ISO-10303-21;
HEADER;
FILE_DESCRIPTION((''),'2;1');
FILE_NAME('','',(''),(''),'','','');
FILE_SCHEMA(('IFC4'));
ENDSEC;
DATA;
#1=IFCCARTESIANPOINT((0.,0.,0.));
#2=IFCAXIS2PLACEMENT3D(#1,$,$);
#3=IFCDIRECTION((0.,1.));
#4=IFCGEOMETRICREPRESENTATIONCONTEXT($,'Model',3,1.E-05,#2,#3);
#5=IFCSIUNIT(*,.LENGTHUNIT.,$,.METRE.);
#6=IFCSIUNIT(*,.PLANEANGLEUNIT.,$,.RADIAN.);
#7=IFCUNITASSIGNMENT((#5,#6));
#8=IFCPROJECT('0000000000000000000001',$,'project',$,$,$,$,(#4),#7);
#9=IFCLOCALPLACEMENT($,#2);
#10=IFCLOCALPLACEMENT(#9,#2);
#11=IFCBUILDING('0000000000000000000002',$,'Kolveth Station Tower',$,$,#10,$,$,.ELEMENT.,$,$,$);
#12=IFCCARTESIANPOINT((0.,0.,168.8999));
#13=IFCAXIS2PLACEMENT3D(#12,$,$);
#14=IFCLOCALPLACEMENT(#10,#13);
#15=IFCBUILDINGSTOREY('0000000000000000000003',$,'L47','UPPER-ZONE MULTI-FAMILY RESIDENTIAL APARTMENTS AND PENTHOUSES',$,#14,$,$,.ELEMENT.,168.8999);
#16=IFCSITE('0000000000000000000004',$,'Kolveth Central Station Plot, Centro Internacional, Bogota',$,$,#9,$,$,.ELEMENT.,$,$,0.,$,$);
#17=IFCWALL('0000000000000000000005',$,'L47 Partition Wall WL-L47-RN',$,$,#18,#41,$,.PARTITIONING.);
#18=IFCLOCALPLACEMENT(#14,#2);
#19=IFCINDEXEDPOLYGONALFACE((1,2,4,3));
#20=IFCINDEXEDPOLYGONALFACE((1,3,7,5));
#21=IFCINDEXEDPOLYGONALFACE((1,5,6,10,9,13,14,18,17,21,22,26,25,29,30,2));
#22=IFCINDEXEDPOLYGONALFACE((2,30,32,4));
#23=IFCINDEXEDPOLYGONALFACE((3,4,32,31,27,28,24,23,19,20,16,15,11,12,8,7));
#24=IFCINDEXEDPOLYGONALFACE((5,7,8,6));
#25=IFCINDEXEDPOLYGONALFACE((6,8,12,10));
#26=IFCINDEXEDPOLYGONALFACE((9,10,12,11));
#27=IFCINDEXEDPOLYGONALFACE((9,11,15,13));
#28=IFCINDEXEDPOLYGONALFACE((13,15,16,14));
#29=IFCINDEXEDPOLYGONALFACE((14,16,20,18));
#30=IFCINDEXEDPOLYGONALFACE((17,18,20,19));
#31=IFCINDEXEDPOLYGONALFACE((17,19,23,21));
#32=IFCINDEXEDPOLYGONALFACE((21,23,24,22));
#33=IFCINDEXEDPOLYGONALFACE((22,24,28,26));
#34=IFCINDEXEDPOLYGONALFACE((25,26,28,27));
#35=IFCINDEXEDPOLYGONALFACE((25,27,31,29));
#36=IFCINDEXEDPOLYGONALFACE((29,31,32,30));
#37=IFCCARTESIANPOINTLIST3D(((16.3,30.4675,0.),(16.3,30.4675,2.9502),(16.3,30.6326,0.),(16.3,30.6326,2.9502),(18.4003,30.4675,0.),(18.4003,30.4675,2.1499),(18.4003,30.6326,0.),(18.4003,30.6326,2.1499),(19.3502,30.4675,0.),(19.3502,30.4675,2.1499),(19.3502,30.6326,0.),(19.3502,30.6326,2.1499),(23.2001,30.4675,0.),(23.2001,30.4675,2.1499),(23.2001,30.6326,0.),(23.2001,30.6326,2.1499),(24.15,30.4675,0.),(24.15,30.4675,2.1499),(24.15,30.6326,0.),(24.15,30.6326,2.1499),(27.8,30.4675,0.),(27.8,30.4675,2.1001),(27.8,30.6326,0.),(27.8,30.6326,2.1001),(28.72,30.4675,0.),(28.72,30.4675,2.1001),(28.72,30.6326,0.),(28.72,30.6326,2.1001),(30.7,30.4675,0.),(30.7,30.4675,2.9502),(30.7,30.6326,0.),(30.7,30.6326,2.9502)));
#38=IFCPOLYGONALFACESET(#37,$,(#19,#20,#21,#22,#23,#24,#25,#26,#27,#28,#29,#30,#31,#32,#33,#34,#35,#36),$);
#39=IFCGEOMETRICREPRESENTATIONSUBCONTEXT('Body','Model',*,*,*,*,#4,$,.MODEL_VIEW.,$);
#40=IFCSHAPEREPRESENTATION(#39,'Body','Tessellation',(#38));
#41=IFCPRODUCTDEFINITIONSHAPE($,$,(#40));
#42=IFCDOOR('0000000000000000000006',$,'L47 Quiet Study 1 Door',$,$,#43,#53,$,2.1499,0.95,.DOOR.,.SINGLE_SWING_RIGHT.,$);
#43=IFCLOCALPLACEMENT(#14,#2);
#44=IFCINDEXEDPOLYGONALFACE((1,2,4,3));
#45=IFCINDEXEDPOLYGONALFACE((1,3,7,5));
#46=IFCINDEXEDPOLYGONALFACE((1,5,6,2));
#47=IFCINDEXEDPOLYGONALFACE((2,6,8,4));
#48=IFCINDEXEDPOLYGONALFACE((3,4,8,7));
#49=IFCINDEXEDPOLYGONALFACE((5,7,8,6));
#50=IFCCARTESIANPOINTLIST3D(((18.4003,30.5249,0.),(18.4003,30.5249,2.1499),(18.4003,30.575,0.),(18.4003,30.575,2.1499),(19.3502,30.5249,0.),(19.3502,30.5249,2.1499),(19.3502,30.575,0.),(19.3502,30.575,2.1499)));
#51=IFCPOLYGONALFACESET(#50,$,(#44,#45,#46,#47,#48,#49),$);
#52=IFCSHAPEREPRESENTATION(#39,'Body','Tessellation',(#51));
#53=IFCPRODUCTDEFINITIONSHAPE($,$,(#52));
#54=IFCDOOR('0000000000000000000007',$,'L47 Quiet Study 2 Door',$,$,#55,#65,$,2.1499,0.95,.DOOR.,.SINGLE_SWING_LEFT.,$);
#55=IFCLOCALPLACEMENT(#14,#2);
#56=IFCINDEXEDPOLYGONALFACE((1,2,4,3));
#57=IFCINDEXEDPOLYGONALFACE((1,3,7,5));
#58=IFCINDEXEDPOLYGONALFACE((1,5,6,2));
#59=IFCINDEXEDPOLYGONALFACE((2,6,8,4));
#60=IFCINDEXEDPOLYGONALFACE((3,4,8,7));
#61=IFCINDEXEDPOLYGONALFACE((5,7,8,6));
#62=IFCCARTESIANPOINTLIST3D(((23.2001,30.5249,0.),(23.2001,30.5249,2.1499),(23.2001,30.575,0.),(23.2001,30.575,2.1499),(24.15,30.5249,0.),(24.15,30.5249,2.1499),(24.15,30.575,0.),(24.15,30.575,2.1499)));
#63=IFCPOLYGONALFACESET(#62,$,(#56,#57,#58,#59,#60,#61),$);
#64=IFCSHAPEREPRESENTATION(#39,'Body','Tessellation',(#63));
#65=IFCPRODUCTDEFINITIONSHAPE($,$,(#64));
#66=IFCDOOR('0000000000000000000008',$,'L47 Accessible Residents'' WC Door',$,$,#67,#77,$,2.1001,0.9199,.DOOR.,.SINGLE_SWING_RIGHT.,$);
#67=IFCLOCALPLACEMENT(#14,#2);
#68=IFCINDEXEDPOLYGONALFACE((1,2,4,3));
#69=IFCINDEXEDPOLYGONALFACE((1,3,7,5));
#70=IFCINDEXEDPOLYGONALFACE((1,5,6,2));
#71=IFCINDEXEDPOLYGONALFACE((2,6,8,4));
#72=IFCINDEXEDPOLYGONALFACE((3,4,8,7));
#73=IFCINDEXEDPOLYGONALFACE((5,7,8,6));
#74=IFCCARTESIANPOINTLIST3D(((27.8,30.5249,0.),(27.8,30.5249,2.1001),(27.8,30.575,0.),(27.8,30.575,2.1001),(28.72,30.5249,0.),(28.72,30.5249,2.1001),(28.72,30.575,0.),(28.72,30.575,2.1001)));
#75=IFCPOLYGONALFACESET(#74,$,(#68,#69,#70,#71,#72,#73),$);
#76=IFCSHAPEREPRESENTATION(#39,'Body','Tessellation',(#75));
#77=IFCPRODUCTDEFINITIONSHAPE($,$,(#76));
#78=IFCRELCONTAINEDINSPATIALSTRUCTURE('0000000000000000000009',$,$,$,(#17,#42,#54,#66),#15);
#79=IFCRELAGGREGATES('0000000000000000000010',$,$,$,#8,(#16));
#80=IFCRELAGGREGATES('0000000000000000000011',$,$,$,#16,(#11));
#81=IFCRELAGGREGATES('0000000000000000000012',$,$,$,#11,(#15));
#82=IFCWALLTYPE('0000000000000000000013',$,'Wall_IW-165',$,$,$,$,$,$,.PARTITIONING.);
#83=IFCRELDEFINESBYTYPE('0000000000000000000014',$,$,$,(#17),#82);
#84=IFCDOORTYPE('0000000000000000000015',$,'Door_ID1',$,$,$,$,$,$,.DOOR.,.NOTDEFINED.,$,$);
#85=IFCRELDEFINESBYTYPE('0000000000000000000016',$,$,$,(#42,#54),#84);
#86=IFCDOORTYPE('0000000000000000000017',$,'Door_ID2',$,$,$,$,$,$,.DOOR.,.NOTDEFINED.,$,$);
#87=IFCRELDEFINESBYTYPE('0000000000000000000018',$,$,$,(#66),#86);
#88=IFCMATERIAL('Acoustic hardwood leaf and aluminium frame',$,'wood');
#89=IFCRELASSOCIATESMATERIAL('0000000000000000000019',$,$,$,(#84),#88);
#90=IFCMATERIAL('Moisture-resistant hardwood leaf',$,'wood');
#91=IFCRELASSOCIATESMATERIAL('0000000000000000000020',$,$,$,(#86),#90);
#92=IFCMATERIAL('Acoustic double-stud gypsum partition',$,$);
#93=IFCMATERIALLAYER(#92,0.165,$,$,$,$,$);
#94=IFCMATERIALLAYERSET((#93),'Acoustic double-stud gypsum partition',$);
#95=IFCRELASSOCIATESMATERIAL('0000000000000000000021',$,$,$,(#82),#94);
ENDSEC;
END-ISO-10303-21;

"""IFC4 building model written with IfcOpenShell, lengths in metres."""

from ifc_helpers import new_model, si_unit, direction, frame, frame_2d, origin, place, context, subcontext, project, spatial, rectangle, extrude, material, layer, layer_set, type_object, element, fill, save


model = new_model("IFC4")

# Units and contexts
model_context = context("Model", 3, precision=1e-05, world=origin(), true_north=direction((0.0, 1.0)))
body_context = subcontext(model_context, "Body", "Model", "MODEL_VIEW")
ifc_project = project(units=[si_unit("LENGTHUNIT", "METRE"), si_unit("PLANEANGLEUNIT", "RADIAN")], contexts=[model_context])

# Site, building, storey
site_placement = place(None, origin())
site = spatial("IfcSite", under=ifc_project, at=site_placement, Name="Kolveth Central Station Plot, Centro Internacional, Bogota", CompositionType="ELEMENT", RefElevation=0.0)
building_placement = place(site_placement, origin())
building = spatial("IfcBuilding", under=site, at=building_placement, Name="Kolveth Station Tower", CompositionType="ELEMENT")
storey_placement = place(building_placement, frame((0.0, 0.0, 168.8999)))
storey = spatial("IfcBuildingStorey", under=building, at=storey_placement, Name="L47", Description="UPPER-ZONE MULTI-FAMILY RESIDENTIAL APARTMENTS AND PENTHOUSES", CompositionType="ELEMENT", Elevation=168.8999)

# Shared definitions
ifc_material_1 = material(Name="Acoustic hardwood leaf and aluminium frame", Category="wood")
door_type_1 = type_object("IfcDoorType", Name="Door_ID1", OperationType="NOTDEFINED", PredefinedType="DOOR", material=ifc_material_1)
ifc_material_2 = material(Name="Moisture-resistant hardwood leaf", Category="wood")
door_type_2 = type_object("IfcDoorType", Name="Door_ID2", OperationType="NOTDEFINED", PredefinedType="DOOR", material=ifc_material_2)

# Wall, openings, doors
ifc_material_3 = material(Name="Acoustic double-stud gypsum partition")
ifc_layer_1 = layer(ifc_material_3, 0.165)
ifc_layer_set_1 = layer_set([ifc_layer_1], Name="Acoustic double-stud gypsum partition")
wall_type_1 = type_object("IfcWallType", Name="Wall_IW-165", PredefinedType="PARTITIONING", material=ifc_layer_set_1)
wall_1_placement = place(storey_placement, frame((16.3, 30.55, 0.0), z_axis=(0.0, 0.0, 1.0), x_axis=(1.0, 0.0, 0.0)))
wall_1 = element("IfcWall", 1, at=wall_1_placement, inside=storey, type_object=wall_type_1, Name="L47 Partition Wall WL-L47-RN", PredefinedType="PARTITIONING", context=body_context, shape_type="SweptSolid", body=[
    extrude(rectangle(XDim=14.3999, YDim=0.165, at=frame_2d((7.2, 0.0))), origin(), (0.0, 0.0, 1.0), 2.9502),
])
opening_1_placement = place(wall_1_placement, frame((2.1001, 0.0, 0.0)))
opening_1 = element("IfcOpeningElement", 2, at=opening_1_placement, cuts=wall_1, PredefinedType="OPENING", context=body_context, shape_type="SweptSolid", body=[
    extrude(rectangle(XDim=0.95, YDim=2.1499, at=frame_2d((0.4751, 1.075))), frame((0.0, 0.0925, 0.0), z_axis=(0.0, -1.0, 0.0), x_axis=(1.0, 0.0, 0.0)), (0.0, 0.0, 1.0), 0.1851),
])
opening_2_placement = place(wall_1_placement, frame((6.8999, 0.0, 0.0)))
opening_2 = element("IfcOpeningElement", 3, at=opening_2_placement, cuts=wall_1, PredefinedType="OPENING", context=body_context, shape_type="SweptSolid", body=[
    extrude(rectangle(XDim=0.95, YDim=2.1499, at=frame_2d((0.4751, 1.075))), frame((0.0, 0.0925, 0.0), z_axis=(0.0, -1.0, 0.0), x_axis=(1.0, 0.0, 0.0)), (0.0, 0.0, 1.0), 0.1851),
])
opening_3_placement = place(wall_1_placement, frame((11.5, 0.0, 0.0)))
opening_3 = element("IfcOpeningElement", 4, at=opening_3_placement, cuts=wall_1, PredefinedType="OPENING", context=body_context, shape_type="SweptSolid", body=[
    extrude(rectangle(XDim=0.9199, YDim=2.1001, at=frame_2d((0.46, 1.05))), frame((0.0, 0.0925, 0.0), z_axis=(0.0, -1.0, 0.0), x_axis=(1.0, 0.0, 0.0)), (0.0, 0.0, 1.0), 0.1851),
])
door_1_placement = place(opening_1_placement, origin())
door_1 = element("IfcDoor", 5, at=door_1_placement, inside=storey, type_object=door_type_1, Name="L47 Quiet Study 1 Door", OperationType="SINGLE_SWING_RIGHT", OverallHeight=2.1499, OverallWidth=0.95, PredefinedType="DOOR", context=body_context, shape_type="SweptSolid", body=[
    extrude(rectangle(XDim=0.95, YDim=2.1499, at=frame_2d((0.4751, 1.075))), frame((0.0, 0.0249, 0.0), z_axis=(0.0, -1.0, 0.0), x_axis=(1.0, 0.0, 0.0)), (0.0, 0.0, 1.0), 0.05),
])
fill(opening_1, door_1)
door_2_placement = place(opening_2_placement, origin())
door_2 = element("IfcDoor", 6, at=door_2_placement, inside=storey, type_object=door_type_1, Name="L47 Quiet Study 2 Door", OperationType="SINGLE_SWING_LEFT", OverallHeight=2.1499, OverallWidth=0.95, PredefinedType="DOOR", context=body_context, shape_type="SweptSolid", body=[
    extrude(rectangle(XDim=0.95, YDim=2.1499, at=frame_2d((0.4751, 1.075))), frame((0.0, 0.0249, 0.0), z_axis=(0.0, -1.0, 0.0), x_axis=(1.0, 0.0, 0.0)), (0.0, 0.0, 1.0), 0.05),
])
fill(opening_2, door_2)
door_3_placement = place(opening_3_placement, origin())
door_3 = element("IfcDoor", 7, at=door_3_placement, inside=storey, type_object=door_type_2, Name="L47 Accessible Residents' WC Door", OperationType="SINGLE_SWING_RIGHT", OverallHeight=2.1001, OverallWidth=0.9199, PredefinedType="DOOR", context=body_context, shape_type="SweptSolid", body=[
    extrude(rectangle(XDim=0.9199, YDim=2.1001, at=frame_2d((0.46, 1.05))), frame((0.0, 0.0249, 0.0), z_axis=(0.0, -1.0, 0.0), x_axis=(1.0, 0.0, 0.0)), (0.0, 0.0, 1.0), 0.05),
])
fill(opening_3, door_3)

save(model, "model.ifc")
